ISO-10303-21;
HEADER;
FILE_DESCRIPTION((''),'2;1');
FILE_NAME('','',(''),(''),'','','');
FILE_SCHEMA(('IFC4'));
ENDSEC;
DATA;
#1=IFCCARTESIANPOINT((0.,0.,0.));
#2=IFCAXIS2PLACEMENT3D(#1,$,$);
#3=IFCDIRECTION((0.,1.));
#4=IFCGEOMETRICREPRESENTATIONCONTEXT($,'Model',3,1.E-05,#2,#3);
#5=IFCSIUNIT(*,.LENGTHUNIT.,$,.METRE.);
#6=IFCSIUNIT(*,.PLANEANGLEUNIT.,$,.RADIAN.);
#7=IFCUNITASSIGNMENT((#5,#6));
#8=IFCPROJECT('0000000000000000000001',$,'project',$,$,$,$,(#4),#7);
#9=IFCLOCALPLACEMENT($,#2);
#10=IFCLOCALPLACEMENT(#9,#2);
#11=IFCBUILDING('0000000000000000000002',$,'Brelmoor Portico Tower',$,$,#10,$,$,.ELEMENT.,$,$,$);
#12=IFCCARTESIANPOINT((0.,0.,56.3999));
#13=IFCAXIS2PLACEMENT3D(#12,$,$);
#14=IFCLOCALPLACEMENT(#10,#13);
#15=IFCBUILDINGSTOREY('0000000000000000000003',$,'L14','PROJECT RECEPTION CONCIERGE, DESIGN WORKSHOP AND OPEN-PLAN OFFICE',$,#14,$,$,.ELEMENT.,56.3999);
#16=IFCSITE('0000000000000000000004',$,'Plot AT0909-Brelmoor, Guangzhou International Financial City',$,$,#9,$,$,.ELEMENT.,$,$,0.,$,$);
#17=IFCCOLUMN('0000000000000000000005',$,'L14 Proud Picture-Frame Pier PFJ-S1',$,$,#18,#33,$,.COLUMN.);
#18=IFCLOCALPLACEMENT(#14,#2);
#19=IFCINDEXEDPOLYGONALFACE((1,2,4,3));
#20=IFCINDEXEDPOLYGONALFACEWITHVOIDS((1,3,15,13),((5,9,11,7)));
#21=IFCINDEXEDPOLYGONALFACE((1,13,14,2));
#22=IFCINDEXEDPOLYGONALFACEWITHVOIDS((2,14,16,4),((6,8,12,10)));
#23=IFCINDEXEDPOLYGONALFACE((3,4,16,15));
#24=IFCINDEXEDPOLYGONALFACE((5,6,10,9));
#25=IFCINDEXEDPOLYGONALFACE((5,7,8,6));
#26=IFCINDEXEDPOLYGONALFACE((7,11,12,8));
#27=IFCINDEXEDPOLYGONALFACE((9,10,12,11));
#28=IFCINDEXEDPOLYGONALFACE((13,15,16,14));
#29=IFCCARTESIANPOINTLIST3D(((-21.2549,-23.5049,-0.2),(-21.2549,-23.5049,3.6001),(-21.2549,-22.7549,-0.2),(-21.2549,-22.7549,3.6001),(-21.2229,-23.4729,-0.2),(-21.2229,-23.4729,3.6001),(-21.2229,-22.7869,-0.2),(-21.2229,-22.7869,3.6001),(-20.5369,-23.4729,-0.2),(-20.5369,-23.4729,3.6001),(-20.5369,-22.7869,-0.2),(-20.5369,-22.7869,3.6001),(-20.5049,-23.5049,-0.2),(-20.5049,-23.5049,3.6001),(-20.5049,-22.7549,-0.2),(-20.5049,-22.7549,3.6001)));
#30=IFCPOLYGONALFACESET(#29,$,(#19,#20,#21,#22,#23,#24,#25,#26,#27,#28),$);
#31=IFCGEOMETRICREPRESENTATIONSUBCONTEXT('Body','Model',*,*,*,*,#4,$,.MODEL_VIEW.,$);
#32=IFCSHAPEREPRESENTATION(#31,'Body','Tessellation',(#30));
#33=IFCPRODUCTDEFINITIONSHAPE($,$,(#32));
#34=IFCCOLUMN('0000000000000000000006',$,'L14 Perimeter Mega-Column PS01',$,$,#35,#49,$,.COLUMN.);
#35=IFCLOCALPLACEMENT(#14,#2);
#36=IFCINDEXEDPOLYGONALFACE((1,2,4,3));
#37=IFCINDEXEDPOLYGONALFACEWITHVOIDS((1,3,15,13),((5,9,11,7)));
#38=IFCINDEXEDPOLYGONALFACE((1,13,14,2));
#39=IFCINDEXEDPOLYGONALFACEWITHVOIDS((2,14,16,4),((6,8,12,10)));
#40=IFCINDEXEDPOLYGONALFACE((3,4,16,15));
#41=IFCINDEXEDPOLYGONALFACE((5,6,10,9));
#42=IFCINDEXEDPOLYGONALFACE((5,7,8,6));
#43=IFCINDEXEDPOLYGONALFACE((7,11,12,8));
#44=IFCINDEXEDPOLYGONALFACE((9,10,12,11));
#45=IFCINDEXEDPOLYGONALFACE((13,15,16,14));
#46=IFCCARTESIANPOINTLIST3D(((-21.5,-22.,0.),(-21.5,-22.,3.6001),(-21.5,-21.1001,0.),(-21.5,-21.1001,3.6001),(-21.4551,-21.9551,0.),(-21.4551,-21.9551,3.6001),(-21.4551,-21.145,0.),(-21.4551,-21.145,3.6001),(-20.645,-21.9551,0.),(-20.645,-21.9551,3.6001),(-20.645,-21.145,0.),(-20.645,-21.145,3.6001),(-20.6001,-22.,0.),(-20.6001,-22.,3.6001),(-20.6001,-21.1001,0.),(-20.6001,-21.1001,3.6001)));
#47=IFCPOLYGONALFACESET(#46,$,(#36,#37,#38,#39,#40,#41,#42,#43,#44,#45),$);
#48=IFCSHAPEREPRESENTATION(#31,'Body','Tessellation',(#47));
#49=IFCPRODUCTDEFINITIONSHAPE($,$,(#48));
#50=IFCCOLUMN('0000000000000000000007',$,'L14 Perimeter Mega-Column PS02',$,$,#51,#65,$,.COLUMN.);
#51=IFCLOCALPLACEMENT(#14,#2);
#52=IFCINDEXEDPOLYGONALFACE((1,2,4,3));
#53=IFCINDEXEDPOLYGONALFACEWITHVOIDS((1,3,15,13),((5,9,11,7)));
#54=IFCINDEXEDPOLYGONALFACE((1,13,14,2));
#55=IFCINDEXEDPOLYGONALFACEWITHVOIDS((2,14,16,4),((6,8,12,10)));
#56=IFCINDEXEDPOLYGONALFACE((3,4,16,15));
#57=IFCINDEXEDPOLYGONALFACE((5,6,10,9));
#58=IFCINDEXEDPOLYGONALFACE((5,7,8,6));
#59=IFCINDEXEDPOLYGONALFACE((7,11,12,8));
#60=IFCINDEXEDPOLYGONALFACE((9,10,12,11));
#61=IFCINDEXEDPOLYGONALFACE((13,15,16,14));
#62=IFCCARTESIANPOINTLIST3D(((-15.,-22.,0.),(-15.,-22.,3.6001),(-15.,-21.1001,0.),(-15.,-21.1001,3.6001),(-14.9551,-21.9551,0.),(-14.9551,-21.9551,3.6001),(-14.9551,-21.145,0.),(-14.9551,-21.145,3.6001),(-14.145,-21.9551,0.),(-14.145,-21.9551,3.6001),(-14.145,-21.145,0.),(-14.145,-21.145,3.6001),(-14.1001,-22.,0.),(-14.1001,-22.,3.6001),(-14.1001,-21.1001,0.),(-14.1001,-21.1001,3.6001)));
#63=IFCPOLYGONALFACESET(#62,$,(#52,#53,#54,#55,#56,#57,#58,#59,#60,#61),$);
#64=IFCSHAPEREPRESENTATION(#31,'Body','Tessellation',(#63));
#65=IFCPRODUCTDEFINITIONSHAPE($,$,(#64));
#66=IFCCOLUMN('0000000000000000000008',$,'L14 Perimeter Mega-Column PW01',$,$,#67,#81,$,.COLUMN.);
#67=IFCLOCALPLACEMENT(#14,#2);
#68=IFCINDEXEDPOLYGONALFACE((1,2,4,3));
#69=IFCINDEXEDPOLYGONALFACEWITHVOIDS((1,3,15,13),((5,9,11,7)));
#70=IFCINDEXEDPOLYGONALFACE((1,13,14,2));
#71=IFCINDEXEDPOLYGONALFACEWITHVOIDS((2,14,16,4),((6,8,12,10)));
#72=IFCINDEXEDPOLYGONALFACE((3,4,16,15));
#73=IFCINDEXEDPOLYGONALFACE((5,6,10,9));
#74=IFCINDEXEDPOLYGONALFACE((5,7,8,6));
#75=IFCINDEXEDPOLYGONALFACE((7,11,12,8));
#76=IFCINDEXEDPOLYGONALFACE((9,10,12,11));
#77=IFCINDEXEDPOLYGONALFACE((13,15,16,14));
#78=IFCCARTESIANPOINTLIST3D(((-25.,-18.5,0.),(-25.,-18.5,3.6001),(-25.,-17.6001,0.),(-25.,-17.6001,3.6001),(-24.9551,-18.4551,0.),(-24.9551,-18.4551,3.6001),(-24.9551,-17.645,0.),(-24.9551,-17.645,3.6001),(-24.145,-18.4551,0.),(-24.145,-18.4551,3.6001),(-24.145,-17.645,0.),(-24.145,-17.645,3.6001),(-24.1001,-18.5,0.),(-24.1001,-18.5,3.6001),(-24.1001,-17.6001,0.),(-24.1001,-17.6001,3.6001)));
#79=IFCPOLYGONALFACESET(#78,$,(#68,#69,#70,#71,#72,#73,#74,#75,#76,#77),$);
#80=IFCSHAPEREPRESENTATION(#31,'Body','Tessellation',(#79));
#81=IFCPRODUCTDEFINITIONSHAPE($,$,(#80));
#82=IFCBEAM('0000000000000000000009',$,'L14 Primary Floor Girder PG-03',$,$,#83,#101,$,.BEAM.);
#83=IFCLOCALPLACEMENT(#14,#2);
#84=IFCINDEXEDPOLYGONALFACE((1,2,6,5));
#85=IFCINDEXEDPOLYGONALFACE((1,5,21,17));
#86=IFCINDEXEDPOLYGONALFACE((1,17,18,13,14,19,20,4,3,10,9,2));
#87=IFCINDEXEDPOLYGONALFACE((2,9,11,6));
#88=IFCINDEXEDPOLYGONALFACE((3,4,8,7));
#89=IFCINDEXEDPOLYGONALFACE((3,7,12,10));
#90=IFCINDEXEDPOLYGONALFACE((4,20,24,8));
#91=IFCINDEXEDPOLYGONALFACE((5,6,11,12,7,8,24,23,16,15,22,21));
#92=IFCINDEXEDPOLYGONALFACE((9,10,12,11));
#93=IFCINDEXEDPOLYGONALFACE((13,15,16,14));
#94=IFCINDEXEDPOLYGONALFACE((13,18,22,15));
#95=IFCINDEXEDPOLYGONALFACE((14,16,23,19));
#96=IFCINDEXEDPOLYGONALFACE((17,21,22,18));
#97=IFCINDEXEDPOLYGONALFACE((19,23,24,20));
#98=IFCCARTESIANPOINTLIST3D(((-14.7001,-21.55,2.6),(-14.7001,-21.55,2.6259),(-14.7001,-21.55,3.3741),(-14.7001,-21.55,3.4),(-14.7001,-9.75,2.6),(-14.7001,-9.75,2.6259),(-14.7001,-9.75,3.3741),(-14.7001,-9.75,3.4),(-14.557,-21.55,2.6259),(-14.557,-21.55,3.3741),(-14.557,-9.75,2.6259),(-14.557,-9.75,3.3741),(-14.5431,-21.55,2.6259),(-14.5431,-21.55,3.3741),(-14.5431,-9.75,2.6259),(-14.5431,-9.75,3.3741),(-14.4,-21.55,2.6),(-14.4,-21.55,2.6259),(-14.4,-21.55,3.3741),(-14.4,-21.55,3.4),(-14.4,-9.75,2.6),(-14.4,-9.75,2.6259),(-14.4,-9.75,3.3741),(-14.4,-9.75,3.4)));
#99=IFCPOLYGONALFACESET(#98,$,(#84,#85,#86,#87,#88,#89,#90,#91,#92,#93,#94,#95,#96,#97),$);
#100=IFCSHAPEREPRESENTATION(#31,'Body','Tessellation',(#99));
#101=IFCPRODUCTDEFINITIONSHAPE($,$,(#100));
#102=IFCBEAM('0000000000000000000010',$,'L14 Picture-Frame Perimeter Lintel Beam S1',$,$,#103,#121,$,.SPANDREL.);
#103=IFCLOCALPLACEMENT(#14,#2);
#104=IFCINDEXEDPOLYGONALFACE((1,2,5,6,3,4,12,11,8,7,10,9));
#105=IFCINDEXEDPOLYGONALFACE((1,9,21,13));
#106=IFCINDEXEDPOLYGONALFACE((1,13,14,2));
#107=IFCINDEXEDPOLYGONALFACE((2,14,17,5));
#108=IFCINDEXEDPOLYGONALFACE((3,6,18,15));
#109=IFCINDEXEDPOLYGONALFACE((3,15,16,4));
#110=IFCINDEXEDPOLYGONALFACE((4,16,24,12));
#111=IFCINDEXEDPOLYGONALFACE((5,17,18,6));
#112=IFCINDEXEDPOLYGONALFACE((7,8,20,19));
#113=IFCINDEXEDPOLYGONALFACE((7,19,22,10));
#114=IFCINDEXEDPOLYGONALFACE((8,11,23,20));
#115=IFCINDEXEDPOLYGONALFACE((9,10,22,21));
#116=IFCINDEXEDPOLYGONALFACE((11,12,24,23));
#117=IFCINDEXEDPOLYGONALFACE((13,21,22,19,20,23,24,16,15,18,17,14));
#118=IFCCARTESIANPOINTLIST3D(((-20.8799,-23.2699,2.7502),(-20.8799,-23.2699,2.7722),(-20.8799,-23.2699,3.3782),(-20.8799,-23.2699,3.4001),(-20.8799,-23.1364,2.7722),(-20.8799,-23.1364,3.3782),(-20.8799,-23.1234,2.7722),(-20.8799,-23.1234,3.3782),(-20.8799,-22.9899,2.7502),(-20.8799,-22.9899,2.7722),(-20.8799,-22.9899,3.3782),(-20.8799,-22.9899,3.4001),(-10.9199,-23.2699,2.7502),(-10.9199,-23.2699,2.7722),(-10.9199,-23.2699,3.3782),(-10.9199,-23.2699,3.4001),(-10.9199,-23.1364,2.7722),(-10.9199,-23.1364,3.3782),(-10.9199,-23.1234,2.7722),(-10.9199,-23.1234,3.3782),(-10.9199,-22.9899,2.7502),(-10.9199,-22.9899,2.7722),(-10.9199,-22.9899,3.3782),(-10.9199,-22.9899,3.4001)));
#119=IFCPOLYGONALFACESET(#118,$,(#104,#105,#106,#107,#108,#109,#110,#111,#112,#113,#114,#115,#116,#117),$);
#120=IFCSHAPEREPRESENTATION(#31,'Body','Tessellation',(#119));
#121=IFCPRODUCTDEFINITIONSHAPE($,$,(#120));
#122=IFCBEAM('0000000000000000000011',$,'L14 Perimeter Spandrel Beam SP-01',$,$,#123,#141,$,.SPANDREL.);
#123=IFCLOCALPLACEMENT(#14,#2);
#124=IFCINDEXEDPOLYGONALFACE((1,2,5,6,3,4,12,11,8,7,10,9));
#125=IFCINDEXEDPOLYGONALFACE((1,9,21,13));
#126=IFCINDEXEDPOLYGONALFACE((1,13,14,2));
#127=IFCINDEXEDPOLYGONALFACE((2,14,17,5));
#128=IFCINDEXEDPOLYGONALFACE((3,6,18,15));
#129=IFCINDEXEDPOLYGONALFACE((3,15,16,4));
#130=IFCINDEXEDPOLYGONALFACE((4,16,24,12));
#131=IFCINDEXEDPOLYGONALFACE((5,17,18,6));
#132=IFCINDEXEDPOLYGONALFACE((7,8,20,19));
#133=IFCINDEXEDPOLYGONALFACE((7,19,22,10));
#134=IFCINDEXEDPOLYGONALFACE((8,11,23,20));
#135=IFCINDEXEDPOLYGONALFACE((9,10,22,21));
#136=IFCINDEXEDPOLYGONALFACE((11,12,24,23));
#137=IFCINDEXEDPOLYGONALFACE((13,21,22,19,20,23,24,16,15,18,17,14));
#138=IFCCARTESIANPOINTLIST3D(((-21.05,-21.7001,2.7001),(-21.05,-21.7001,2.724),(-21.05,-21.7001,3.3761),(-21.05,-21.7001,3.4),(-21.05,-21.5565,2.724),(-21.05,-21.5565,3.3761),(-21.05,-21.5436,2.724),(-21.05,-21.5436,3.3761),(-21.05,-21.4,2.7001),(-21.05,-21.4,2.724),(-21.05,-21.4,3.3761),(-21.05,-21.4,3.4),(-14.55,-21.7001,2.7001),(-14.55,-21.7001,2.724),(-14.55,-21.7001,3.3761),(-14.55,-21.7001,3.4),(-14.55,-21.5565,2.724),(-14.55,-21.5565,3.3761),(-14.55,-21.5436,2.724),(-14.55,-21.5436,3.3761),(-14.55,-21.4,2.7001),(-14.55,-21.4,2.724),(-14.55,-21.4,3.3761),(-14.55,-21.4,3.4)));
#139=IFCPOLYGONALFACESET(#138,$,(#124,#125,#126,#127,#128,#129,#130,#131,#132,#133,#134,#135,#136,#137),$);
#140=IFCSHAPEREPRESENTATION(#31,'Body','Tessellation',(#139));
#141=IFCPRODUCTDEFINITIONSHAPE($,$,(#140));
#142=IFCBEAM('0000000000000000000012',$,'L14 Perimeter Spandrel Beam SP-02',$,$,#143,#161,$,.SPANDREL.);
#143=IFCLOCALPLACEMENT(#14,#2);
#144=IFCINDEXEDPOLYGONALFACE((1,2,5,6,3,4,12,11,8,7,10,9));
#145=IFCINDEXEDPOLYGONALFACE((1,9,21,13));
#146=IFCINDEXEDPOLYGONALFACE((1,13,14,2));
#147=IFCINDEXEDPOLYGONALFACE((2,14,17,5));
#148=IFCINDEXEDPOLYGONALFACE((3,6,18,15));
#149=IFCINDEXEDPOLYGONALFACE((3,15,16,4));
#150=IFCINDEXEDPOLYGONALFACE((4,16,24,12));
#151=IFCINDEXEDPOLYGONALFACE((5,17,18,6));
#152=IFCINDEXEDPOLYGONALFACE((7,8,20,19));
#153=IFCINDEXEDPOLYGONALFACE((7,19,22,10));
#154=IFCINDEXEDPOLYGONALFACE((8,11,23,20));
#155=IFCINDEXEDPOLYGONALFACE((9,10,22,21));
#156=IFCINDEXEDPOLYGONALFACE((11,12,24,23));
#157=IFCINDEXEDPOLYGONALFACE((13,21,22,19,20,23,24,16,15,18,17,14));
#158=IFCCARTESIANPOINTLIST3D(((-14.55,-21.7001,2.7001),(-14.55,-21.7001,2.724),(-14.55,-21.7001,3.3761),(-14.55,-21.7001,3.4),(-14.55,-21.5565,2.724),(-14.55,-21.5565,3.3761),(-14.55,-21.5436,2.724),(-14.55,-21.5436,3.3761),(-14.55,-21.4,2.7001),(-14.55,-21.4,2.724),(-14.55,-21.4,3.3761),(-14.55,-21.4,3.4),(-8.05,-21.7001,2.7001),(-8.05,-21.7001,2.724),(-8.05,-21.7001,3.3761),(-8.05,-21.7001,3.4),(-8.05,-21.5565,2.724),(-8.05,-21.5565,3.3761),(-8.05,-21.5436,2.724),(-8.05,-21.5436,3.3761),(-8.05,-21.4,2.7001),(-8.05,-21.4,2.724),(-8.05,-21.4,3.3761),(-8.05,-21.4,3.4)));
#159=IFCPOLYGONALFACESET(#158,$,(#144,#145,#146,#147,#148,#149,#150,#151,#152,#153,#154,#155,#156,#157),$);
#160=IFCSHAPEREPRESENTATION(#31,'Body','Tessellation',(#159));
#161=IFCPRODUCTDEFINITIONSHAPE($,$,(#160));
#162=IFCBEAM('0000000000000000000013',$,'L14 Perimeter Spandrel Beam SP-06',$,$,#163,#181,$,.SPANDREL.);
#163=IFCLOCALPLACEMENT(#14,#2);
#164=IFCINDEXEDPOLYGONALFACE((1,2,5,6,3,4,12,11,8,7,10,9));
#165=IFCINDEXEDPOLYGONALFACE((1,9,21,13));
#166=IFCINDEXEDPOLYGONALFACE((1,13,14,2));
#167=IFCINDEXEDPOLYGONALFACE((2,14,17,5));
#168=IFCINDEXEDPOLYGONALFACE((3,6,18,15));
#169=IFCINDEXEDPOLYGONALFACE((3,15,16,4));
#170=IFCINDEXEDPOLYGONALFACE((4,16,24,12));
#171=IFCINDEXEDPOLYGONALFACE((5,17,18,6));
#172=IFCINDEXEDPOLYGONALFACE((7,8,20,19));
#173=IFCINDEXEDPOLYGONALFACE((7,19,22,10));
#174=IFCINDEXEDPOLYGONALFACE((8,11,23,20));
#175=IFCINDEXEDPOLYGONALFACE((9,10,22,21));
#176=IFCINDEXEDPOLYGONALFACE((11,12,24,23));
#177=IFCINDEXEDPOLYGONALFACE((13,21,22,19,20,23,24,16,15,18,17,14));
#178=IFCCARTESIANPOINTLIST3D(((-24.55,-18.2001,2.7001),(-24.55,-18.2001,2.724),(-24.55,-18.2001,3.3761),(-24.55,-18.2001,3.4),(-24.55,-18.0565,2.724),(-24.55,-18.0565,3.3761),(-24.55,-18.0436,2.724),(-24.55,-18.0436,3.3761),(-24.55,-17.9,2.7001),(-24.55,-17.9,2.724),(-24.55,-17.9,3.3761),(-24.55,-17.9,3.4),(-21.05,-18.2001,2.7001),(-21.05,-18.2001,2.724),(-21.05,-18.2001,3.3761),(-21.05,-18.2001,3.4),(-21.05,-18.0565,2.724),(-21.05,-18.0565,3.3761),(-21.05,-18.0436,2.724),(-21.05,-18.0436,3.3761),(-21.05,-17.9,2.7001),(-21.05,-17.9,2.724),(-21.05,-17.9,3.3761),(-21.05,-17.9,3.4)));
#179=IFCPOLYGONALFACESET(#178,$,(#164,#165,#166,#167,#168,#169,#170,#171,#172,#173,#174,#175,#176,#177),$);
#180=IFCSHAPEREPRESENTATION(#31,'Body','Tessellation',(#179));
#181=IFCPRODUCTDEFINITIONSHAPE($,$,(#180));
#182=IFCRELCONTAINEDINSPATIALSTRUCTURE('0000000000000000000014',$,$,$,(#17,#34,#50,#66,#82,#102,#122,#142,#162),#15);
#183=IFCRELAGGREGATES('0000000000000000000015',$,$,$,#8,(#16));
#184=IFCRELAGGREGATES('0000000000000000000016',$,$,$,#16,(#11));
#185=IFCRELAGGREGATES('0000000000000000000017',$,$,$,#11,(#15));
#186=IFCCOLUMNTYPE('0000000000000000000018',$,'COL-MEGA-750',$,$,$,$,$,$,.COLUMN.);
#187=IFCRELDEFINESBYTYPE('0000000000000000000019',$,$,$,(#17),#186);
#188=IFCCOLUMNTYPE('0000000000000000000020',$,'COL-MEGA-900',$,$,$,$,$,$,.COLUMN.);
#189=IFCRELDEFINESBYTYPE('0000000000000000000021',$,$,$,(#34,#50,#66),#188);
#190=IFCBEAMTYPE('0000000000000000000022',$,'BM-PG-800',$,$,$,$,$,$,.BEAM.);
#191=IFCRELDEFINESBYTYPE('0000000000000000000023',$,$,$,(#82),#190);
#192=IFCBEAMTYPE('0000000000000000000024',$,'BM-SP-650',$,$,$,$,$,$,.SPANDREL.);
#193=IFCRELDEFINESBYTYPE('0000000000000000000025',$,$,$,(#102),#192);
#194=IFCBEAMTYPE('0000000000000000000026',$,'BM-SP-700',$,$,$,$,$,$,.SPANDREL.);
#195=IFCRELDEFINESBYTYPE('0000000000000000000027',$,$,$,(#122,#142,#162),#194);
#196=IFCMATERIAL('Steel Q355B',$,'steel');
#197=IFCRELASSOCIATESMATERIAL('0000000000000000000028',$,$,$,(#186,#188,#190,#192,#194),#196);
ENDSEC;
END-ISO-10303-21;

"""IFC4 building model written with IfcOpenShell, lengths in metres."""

from ifc_helpers import new_model, si_unit, direction, frame, origin, origin_2d, place, context, subcontext, project, spatial, hollow_rectangle, i_section, extrude, material, material_profile, profile_set, type_object, element, save


model = new_model("IFC4")

# Units and contexts
model_context = context("Model", 3, precision=1e-05, world=origin(), true_north=direction((0.0, 1.0)))
body_context = subcontext(model_context, "Body", "Model", "MODEL_VIEW")
ifc_project = project(units=[si_unit("LENGTHUNIT", "METRE"), si_unit("PLANEANGLEUNIT", "RADIAN")], contexts=[model_context])

# Site, building, storey
site_placement = place(None, origin())
site = spatial("IfcSite", under=ifc_project, at=site_placement, Name="Plot AT0909-Brelmoor, Guangzhou International Financial City", CompositionType="ELEMENT", RefElevation=0.0)
building_placement = place(site_placement, origin())
building = spatial("IfcBuilding", under=site, at=building_placement, Name="Brelmoor Portico Tower", CompositionType="ELEMENT")
storey_placement = place(building_placement, frame((0.0, 0.0, 56.3999)))
storey = spatial("IfcBuildingStorey", under=building, at=storey_placement, Name="L14", Description="PROJECT RECEPTION CONCIERGE, DESIGN WORKSHOP AND OPEN-PLAN OFFICE", CompositionType="ELEMENT", Elevation=56.3999)

# Columns
ifc_material_1 = material(Name="Steel Q355B", Category="steel")
ifc_material_profile_1 = material_profile(ifc_material_1, hollow_rectangle(XDim=0.75, YDim=0.75, WallThickness=0.032, at=origin_2d()), Name="BOX 750x750x32")
ifc_profile_set_1 = profile_set([ifc_material_profile_1], Name="Steel Q355B")
column_type_1 = type_object("IfcColumnType", Name="COL-MEGA-750", PredefinedType="COLUMN", material=ifc_profile_set_1)
column_placement = place(storey_placement, frame((-20.8799, -23.1299, -0.2), z_axis=(0.0, 0.0, 1.0), x_axis=(1.0, 0.0, 0.0)))
element("IfcColumn", 1, at=column_placement, inside=storey, type_object=column_type_1, Name="L14 Proud Picture-Frame Pier PFJ-S1", PredefinedType="COLUMN", context=body_context, shape_type="SweptSolid", body=[
    extrude(hollow_rectangle(XDim=0.75, YDim=0.75, WallThickness=0.032, at=origin_2d()), origin(), (0.0, 0.0, 1.0), 3.8),
])
ifc_material_profile_2 = material_profile(ifc_material_1, hollow_rectangle(XDim=0.8999, YDim=0.8999, WallThickness=0.0449, at=origin_2d()), Name="BOX 900x900x45")
ifc_profile_set_2 = profile_set([ifc_material_profile_2], Name="Steel Q355B")
column_type_2 = type_object("IfcColumnType", Name="COL-MEGA-900", PredefinedType="COLUMN", material=ifc_profile_set_2)
for number, where, z_axis, x_axis, name in (
    (2, (-21.05, -21.55, 0.0), (0.0, 0.0, 1.0), (1.0, 0.0, 0.0), "L14 Perimeter Mega-Column PS01"),
    (3, (-14.55, -21.55, 0.0), (0.0, 0.0, 1.0), (1.0, 0.0, 0.0), "L14 Perimeter Mega-Column PS02"),
    (4, (-24.55, -18.05, 0.0), (0.0, 0.0, 1.0), (0.0, 1.0, 0.0), "L14 Perimeter Mega-Column PW01"),
):
    element("IfcColumn", number, at=place(storey_placement, frame(where, z_axis=z_axis, x_axis=x_axis)), inside=storey, type_object=column_type_2, Name=name, PredefinedType="COLUMN", context=body_context, shape_type="SweptSolid", body=[
        extrude(hollow_rectangle(XDim=0.8999, YDim=0.8999, WallThickness=0.0449, at=origin_2d()), origin(), (0.0, 0.0, 1.0), 3.6001),
    ])

# Beams
ifc_material_profile_3 = material_profile(ifc_material_1, i_section(OverallWidth=0.3, OverallDepth=0.8, WebThickness=0.0139, FlangeThickness=0.0259, at=origin_2d()), Name="HN 800x300x14x26")
ifc_profile_set_3 = profile_set([ifc_material_profile_3], Name="Steel Q355B")
beam_type_1 = type_object("IfcBeamType", Name="BM-PG-800", PredefinedType="BEAM", material=ifc_profile_set_3)
beam_1_placement = place(storey_placement, frame((-14.55, -21.55, 3.0), z_axis=(0.0, 1.0, 0.0), x_axis=(-1.0, 0.0, 0.0)))
element("IfcBeam", 5, at=beam_1_placement, inside=storey, type_object=beam_type_1, Name="L14 Primary Floor Girder PG-03", PredefinedType="BEAM", context=body_context, shape_type="SweptSolid", body=[
    extrude(i_section(OverallWidth=0.3, OverallDepth=0.8, WebThickness=0.0139, FlangeThickness=0.0259, at=origin_2d()), origin(), (0.0, 0.0, 1.0), 11.8),
])
ifc_material_profile_4 = material_profile(ifc_material_1, i_section(OverallWidth=0.28, OverallDepth=0.6499, WebThickness=0.0129, FlangeThickness=0.022, at=origin_2d()), Name="HN 650x280x13x22")
ifc_profile_set_4 = profile_set([ifc_material_profile_4], Name="Steel Q355B")
beam_type_2 = type_object("IfcBeamType", Name="BM-SP-650", PredefinedType="SPANDREL", material=ifc_profile_set_4)
beam_2_placement = place(storey_placement, frame((-20.8799, -23.1299, 3.0752), z_axis=(1.0, 0.0, 0.0), x_axis=(0.0, 1.0, 0.0)))
element("IfcBeam", 6, at=beam_2_placement, inside=storey, type_object=beam_type_2, Name="L14 Picture-Frame Perimeter Lintel Beam S1", PredefinedType="SPANDREL", context=body_context, shape_type="SweptSolid", body=[
    extrude(i_section(OverallWidth=0.28, OverallDepth=0.6499, WebThickness=0.0129, FlangeThickness=0.022, at=origin_2d()), origin(), (0.0, 0.0, 1.0), 9.96),
])
ifc_material_profile_5 = material_profile(ifc_material_1, i_section(OverallWidth=0.3, OverallDepth=0.7, WebThickness=0.0129, FlangeThickness=0.0239, at=origin_2d()), Name="HN 700x300x13x24")
ifc_profile_set_5 = profile_set([ifc_material_profile_5], Name="Steel Q355B")
beam_type_3 = type_object("IfcBeamType", Name="BM-SP-700", PredefinedType="SPANDREL", material=ifc_profile_set_5)
for number, where, z_axis, x_axis, name in (
    (7, (-21.05, -21.55, 3.05), (1.0, 0.0, 0.0), (0.0, 1.0, 0.0), "L14 Perimeter Spandrel Beam SP-01"),
    (8, (-14.55, -21.55, 3.05), (1.0, 0.0, 0.0), (0.0, 1.0, 0.0), "L14 Perimeter Spandrel Beam SP-02"),
):
    element("IfcBeam", number, at=place(storey_placement, frame(where, z_axis=z_axis, x_axis=x_axis)), inside=storey, type_object=beam_type_3, Name=name, PredefinedType="SPANDREL", context=body_context, shape_type="SweptSolid", body=[
        extrude(i_section(OverallWidth=0.3, OverallDepth=0.7, WebThickness=0.0129, FlangeThickness=0.0239, at=origin_2d()), origin(), (0.0, 0.0, 1.0), 6.5),
    ])
beam_3_placement = place(storey_placement, frame((-24.55, -18.05, 3.05), z_axis=(1.0, 0.0, 0.0), x_axis=(0.0, 1.0, 0.0)))
element("IfcBeam", 9, at=beam_3_placement, inside=storey, type_object=beam_type_3, Name="L14 Perimeter Spandrel Beam SP-06", PredefinedType="SPANDREL", context=body_context, shape_type="SweptSolid", body=[
    extrude(i_section(OverallWidth=0.3, OverallDepth=0.7, WebThickness=0.0129, FlangeThickness=0.0239, at=origin_2d()), origin(), (0.0, 0.0, 1.0), 3.5),
])

save(model, "model.ifc")
